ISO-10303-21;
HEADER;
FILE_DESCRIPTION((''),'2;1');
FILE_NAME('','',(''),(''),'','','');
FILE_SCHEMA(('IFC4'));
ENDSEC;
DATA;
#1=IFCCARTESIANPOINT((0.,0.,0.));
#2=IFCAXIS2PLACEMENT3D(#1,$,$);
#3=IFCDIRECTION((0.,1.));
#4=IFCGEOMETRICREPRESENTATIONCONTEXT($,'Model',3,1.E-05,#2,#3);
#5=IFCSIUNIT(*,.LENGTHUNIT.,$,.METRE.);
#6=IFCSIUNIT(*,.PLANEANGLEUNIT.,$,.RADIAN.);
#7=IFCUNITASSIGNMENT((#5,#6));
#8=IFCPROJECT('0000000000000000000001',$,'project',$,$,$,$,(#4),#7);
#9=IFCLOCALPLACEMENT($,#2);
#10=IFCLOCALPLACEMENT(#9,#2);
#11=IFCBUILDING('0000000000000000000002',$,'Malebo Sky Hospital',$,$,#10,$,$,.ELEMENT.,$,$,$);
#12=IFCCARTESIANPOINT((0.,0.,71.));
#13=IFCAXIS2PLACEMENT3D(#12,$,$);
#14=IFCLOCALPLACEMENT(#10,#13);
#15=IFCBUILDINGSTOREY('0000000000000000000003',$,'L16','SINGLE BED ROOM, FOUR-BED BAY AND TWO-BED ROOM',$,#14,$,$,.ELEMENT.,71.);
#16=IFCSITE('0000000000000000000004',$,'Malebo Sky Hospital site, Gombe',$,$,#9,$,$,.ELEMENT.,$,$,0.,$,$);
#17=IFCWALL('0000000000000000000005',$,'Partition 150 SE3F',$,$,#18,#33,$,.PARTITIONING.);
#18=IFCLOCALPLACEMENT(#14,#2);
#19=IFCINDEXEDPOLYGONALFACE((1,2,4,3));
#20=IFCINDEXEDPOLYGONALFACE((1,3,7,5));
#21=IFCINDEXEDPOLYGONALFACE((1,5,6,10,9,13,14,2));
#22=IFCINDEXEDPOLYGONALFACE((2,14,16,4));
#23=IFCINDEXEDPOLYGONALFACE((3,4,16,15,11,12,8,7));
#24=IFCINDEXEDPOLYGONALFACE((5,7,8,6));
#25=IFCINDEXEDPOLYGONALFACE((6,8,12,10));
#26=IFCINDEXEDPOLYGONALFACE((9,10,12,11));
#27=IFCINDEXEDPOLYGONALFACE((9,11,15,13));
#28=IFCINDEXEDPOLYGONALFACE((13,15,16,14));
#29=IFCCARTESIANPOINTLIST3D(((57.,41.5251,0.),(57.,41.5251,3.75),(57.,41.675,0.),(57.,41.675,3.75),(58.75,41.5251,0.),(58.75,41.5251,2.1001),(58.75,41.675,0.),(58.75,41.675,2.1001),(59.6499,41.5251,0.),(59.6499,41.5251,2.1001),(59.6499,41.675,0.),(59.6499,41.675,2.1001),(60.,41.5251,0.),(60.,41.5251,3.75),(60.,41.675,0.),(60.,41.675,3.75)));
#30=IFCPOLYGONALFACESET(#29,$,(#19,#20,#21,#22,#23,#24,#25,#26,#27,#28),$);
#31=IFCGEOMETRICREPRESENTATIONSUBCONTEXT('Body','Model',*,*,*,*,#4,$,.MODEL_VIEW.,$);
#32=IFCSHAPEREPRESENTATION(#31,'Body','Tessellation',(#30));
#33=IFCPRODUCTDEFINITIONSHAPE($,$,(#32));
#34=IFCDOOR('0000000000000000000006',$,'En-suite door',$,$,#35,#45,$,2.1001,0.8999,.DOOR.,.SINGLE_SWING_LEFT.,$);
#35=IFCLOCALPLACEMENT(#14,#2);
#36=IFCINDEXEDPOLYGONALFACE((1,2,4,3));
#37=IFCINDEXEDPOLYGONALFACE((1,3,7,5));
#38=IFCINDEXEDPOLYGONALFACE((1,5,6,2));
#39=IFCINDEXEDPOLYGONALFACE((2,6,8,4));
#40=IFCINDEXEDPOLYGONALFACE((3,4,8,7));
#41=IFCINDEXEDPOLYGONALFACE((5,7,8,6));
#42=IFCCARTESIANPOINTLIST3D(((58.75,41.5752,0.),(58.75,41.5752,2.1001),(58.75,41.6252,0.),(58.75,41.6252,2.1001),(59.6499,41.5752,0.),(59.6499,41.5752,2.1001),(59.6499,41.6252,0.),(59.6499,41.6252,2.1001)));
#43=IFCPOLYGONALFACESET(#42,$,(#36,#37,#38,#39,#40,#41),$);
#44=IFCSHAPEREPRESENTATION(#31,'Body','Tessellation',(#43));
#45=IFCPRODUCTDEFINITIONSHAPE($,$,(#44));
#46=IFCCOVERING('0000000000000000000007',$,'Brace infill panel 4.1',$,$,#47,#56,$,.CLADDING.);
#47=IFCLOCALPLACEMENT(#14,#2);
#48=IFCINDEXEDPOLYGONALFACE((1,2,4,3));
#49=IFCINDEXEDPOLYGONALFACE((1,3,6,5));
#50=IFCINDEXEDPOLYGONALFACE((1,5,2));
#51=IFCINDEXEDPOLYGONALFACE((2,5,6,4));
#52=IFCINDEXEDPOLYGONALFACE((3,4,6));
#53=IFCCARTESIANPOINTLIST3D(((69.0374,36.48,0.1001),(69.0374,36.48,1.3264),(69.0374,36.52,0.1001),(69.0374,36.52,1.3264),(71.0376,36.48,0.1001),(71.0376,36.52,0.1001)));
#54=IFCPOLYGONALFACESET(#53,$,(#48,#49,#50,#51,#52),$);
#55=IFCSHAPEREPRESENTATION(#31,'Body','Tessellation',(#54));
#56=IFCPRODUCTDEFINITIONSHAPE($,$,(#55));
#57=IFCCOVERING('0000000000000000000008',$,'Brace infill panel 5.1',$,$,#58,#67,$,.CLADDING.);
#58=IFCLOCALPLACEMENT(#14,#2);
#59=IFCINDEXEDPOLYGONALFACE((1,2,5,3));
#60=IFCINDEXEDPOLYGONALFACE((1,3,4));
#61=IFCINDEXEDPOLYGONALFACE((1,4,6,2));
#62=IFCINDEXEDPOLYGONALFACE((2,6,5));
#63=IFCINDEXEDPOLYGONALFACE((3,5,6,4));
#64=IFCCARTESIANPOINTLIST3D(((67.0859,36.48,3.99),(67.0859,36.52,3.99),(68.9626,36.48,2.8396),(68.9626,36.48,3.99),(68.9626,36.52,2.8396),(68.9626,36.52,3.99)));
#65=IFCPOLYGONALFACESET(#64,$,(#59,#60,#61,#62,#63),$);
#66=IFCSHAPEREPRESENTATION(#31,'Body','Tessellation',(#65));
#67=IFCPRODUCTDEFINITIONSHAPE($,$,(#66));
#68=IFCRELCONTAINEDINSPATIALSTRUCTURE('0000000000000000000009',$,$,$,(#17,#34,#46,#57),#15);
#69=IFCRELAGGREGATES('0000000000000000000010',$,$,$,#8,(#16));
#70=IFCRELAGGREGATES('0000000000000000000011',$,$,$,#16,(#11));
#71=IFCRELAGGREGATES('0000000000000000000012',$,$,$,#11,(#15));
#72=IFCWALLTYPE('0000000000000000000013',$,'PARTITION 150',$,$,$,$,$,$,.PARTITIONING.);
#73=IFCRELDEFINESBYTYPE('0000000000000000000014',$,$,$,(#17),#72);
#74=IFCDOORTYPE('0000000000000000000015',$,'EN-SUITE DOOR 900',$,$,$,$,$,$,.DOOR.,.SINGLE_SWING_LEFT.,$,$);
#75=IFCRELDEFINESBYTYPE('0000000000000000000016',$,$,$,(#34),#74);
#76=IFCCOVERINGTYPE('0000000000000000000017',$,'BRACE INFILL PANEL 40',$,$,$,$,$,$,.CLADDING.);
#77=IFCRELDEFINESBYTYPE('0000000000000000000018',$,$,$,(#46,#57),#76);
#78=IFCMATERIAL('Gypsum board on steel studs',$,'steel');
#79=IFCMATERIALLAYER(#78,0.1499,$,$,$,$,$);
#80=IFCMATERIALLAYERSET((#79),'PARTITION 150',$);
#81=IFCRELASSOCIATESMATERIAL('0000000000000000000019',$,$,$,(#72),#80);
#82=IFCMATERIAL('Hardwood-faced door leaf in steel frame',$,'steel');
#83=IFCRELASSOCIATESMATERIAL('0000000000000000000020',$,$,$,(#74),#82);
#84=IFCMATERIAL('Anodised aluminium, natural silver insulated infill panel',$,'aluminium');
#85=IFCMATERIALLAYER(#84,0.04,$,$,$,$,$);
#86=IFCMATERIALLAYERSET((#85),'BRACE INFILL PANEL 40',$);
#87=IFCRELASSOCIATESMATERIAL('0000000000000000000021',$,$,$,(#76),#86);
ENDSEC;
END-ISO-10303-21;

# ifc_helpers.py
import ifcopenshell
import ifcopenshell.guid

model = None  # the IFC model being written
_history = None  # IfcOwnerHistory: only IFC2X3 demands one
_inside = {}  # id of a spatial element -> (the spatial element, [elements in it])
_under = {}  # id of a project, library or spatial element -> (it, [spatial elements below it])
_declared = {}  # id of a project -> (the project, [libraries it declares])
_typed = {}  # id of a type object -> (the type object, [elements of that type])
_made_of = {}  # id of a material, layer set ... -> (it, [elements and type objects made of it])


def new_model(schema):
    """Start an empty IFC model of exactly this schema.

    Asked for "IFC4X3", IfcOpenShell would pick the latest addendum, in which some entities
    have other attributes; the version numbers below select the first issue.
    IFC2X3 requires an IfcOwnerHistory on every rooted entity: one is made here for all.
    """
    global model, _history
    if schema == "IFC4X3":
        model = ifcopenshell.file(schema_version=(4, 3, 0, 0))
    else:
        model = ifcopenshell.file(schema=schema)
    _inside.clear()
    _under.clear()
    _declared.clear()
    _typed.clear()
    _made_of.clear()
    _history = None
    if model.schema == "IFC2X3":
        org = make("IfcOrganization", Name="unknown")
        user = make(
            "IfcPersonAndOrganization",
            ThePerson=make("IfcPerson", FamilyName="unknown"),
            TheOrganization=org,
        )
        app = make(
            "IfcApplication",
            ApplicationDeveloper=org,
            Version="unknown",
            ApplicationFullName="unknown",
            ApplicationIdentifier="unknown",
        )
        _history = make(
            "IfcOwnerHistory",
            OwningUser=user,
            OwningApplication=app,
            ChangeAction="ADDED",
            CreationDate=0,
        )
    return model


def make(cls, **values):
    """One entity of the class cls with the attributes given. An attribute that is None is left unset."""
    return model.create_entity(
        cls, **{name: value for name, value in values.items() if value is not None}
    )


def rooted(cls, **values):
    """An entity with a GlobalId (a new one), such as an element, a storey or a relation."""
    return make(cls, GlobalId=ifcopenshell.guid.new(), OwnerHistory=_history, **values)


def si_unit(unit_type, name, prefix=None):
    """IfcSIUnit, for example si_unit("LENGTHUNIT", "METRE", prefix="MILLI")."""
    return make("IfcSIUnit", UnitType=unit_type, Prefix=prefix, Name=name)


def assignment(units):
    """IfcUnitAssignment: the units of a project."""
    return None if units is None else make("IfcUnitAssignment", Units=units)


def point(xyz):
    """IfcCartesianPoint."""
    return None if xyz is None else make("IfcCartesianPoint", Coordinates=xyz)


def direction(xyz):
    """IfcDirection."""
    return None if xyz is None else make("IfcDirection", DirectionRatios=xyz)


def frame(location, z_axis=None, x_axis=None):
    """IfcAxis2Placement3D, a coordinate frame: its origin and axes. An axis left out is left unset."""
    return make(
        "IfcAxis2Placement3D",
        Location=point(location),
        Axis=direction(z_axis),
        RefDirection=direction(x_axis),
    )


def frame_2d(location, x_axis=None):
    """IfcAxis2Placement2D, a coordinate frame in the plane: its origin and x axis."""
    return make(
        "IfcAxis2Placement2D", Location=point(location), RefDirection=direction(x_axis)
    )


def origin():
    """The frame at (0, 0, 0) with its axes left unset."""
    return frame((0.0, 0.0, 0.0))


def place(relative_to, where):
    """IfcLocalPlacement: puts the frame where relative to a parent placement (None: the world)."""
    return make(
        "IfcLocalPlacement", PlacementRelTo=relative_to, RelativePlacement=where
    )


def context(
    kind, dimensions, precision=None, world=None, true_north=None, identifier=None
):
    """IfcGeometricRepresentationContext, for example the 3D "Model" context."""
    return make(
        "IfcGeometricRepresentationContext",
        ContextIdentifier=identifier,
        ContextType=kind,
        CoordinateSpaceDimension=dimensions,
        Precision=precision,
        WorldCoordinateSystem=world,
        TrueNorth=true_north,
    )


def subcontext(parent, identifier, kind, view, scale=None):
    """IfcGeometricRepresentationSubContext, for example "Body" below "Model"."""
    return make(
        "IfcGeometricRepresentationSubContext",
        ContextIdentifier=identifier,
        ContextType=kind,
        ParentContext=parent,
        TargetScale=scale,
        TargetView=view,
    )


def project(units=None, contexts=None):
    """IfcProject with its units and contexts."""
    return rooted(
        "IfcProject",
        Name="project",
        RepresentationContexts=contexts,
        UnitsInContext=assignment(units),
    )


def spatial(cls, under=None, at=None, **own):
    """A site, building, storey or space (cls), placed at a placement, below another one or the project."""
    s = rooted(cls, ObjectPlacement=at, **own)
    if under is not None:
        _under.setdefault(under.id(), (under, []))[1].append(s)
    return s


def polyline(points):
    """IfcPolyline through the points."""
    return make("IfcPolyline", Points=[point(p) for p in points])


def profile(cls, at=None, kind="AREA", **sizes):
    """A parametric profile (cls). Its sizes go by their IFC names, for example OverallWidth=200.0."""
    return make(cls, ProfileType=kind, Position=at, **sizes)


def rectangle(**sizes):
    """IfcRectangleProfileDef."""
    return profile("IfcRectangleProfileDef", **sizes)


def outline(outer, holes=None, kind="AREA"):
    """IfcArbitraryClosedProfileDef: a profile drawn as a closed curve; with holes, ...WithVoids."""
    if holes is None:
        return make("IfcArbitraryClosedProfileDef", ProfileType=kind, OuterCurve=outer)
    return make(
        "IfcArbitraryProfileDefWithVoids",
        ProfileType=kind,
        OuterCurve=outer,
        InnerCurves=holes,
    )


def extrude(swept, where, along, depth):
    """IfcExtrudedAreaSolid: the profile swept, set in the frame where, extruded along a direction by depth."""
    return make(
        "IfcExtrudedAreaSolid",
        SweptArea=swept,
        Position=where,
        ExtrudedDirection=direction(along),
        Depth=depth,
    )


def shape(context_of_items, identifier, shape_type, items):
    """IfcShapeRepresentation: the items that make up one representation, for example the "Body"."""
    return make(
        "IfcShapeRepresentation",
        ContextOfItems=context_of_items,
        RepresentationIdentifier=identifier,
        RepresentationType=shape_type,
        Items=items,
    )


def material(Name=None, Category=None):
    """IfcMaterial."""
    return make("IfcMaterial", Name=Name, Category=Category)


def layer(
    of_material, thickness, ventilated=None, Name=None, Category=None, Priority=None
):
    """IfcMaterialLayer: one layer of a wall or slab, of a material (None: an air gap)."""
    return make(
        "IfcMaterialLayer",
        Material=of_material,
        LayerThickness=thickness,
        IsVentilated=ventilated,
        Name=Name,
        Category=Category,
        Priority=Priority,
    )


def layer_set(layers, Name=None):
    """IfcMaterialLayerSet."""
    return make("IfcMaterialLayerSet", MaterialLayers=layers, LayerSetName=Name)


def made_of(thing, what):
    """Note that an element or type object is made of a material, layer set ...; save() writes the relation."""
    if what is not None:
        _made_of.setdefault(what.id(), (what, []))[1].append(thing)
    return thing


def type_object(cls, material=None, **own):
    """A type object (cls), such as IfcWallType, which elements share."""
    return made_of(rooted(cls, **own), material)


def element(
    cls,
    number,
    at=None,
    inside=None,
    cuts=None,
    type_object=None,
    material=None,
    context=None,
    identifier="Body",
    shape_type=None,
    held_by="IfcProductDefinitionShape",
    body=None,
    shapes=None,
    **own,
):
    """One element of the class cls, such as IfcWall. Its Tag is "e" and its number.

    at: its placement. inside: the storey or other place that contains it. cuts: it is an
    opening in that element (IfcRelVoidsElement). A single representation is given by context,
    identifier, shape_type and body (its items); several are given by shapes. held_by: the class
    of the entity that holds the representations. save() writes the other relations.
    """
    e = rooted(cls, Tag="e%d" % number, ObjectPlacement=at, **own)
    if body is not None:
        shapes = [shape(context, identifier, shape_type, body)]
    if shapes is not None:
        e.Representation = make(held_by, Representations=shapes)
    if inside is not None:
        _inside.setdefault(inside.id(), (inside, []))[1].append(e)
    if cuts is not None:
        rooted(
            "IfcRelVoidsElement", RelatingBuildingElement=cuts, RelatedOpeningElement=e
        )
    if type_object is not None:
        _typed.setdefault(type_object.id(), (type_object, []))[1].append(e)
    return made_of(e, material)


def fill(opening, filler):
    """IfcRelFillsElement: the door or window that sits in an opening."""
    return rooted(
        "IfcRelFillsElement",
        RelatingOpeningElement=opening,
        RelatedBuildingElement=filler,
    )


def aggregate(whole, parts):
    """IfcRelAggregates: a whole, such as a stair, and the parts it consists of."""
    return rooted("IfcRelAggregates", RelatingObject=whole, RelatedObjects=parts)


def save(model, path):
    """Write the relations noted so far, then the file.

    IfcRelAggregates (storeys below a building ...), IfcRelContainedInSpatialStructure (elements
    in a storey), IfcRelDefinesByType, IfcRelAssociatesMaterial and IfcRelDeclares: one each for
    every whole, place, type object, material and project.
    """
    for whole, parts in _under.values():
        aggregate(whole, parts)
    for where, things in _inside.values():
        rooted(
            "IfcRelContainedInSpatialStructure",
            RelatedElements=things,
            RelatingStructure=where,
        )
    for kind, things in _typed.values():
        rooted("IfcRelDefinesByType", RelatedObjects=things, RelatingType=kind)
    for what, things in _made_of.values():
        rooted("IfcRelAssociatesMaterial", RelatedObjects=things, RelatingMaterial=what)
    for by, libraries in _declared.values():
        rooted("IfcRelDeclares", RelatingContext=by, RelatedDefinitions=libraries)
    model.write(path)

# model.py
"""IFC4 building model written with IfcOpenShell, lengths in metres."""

from ifc_helpers import new_model, si_unit, direction, frame, frame_2d, origin, place, context, subcontext, project, spatial, polyline, rectangle, outline, extrude, material, layer, layer_set, type_object, element, fill, save


model = new_model("IFC4")

# Units and contexts
model_context = context("Model", 3, precision=1e-05, world=origin(), true_north=direction((0.0, 1.0)))
body_context = subcontext(model_context, "Body", "Model", "MODEL_VIEW")
ifc_project = project(units=[si_unit("LENGTHUNIT", "METRE"), si_unit("PLANEANGLEUNIT", "RADIAN")], contexts=[model_context])

# Site, building, storey
site_placement = place(None, origin())
site = spatial("IfcSite", under=ifc_project, at=site_placement, Name="Malebo Sky Hospital site, Gombe", CompositionType="ELEMENT", RefElevation=0.0)
building_placement = place(site_placement, origin())
building = spatial("IfcBuilding", under=site, at=building_placement, Name="Malebo Sky Hospital", CompositionType="ELEMENT")
storey_placement = place(building_placement, frame((0.0, 0.0, 71.0)))
storey = spatial("IfcBuildingStorey", under=building, at=storey_placement, Name="L16", Description="SINGLE BED ROOM, FOUR-BED BAY AND TWO-BED ROOM", CompositionType="ELEMENT", Elevation=71.0)

# Wall, opening, door
ifc_material_1 = material(Name="Gypsum board on steel studs", Category="steel")
ifc_layer_1 = layer(ifc_material_1, 0.1499)
ifc_layer_set_1 = layer_set([ifc_layer_1], Name="PARTITION 150")
wall_type = type_object("IfcWallType", Name="PARTITION 150", PredefinedType="PARTITIONING", material=ifc_layer_set_1)
ifc_material_2 = material(Name="Hardwood-faced door leaf in steel frame", Category="steel")
door_type = type_object("IfcDoorType", Name="EN-SUITE DOOR 900", OperationType="SINGLE_SWING_LEFT", PredefinedType="DOOR", material=ifc_material_2)
wall_1_placement = place(storey_placement, frame((60.0, 41.6001, 0.0), z_axis=(0.0, 0.0, 1.0), x_axis=(-1.0, 0.0, 0.0)))
wall_1 = element("IfcWall", 1, at=wall_1_placement, inside=storey, type_object=wall_type, Name="Partition 150 SE3F", PredefinedType="PARTITIONING", context=body_context, shape_type="SweptSolid", body=[
    extrude(rectangle(XDim=3.0, YDim=0.1499, at=frame_2d((1.5, 0.0))), origin(), (0.0, 0.0, 1.0), 3.75),
])
opening_1_placement = place(wall_1_placement, frame((0.3501, 0.0, 0.0)))
opening_1 = element("IfcOpeningElement", 2, at=opening_1_placement, cuts=wall_1, PredefinedType="OPENING", context=body_context, shape_type="SweptSolid", body=[
    extrude(rectangle(XDim=0.8999, YDim=2.1001, at=frame_2d((0.45, 1.05))), frame((0.0, 0.085, 0.0), z_axis=(0.0, -1.0, 0.0), x_axis=(1.0, 0.0, 0.0)), (0.0, 0.0, 1.0), 0.1699),
])
door_1_placement = place(opening_1_placement, origin())
door_1 = element("IfcDoor", 3, at=door_1_placement, inside=storey, type_object=door_type, Name="En-suite door", OperationType="SINGLE_SWING_LEFT", OverallHeight=2.1001, OverallWidth=0.8999, PredefinedType="DOOR", context=body_context, shape_type="SweptSolid", body=[
    extrude(rectangle(XDim=0.8999, YDim=2.1001, at=frame_2d((0.45, 1.05))), frame((0.0, 0.0249, 0.0), z_axis=(0.0, -1.0, 0.0), x_axis=(1.0, 0.0, 0.0)), (0.0, 0.0, 1.0), 0.05),
])
fill(opening_1, door_1)

# Coverings
ifc_material_3 = material(Name="Anodised aluminium, natural silver insulated infill panel", Category="aluminium")
ifc_layer_2 = layer(ifc_material_3, 0.04)
ifc_layer_set_2 = layer_set([ifc_layer_2], Name="BRACE INFILL PANEL 40")
covering_type = type_object("IfcCoveringType", Name="BRACE INFILL PANEL 40", PredefinedType="CLADDING", material=ifc_layer_set_2)
covering_1_placement = place(storey_placement, frame((70.0376, 36.5, 0.1001), z_axis=(0.0, 0.0, 1.0), x_axis=(-1.0, 0.0, 0.0)))
element("IfcCovering", 4, at=covering_1_placement, inside=storey, type_object=covering_type, Name="Brace infill panel 4.1", PredefinedType="CLADDING", context=body_context, shape_type="SweptSolid", body=[
    extrude(outline(polyline([(-1.0, 0.0), (1.0002, 0.0), (1.0002, 1.2263), (-1.0, 0.0)])), frame((0.0, 0.02, 0.0), z_axis=(0.0, -1.0, 0.0), x_axis=(1.0, 0.0, 0.0)), (0.0, 0.0, 1.0), 0.04),
])
covering_2_placement = place(storey_placement, frame((68.0242, 36.5, 2.8396), z_axis=(0.0, 0.0, 1.0), x_axis=(-1.0, 0.0, 0.0)))
element("IfcCovering", 5, at=covering_2_placement, inside=storey, type_object=covering_type, Name="Brace infill panel 5.1", PredefinedType="CLADDING", context=body_context, shape_type="SweptSolid", body=[
    extrude(outline(polyline([(-0.9385, 0.0), (0.9382, 1.1504), (-0.9385, 1.1504), (-0.9385, 0.0)])), frame((0.0, 0.02, 0.0), z_axis=(0.0, -1.0, 0.0), x_axis=(1.0, 0.0, 0.0)), (0.0, 0.0, 1.0), 0.04),
])

save(model, "model.ifc")
